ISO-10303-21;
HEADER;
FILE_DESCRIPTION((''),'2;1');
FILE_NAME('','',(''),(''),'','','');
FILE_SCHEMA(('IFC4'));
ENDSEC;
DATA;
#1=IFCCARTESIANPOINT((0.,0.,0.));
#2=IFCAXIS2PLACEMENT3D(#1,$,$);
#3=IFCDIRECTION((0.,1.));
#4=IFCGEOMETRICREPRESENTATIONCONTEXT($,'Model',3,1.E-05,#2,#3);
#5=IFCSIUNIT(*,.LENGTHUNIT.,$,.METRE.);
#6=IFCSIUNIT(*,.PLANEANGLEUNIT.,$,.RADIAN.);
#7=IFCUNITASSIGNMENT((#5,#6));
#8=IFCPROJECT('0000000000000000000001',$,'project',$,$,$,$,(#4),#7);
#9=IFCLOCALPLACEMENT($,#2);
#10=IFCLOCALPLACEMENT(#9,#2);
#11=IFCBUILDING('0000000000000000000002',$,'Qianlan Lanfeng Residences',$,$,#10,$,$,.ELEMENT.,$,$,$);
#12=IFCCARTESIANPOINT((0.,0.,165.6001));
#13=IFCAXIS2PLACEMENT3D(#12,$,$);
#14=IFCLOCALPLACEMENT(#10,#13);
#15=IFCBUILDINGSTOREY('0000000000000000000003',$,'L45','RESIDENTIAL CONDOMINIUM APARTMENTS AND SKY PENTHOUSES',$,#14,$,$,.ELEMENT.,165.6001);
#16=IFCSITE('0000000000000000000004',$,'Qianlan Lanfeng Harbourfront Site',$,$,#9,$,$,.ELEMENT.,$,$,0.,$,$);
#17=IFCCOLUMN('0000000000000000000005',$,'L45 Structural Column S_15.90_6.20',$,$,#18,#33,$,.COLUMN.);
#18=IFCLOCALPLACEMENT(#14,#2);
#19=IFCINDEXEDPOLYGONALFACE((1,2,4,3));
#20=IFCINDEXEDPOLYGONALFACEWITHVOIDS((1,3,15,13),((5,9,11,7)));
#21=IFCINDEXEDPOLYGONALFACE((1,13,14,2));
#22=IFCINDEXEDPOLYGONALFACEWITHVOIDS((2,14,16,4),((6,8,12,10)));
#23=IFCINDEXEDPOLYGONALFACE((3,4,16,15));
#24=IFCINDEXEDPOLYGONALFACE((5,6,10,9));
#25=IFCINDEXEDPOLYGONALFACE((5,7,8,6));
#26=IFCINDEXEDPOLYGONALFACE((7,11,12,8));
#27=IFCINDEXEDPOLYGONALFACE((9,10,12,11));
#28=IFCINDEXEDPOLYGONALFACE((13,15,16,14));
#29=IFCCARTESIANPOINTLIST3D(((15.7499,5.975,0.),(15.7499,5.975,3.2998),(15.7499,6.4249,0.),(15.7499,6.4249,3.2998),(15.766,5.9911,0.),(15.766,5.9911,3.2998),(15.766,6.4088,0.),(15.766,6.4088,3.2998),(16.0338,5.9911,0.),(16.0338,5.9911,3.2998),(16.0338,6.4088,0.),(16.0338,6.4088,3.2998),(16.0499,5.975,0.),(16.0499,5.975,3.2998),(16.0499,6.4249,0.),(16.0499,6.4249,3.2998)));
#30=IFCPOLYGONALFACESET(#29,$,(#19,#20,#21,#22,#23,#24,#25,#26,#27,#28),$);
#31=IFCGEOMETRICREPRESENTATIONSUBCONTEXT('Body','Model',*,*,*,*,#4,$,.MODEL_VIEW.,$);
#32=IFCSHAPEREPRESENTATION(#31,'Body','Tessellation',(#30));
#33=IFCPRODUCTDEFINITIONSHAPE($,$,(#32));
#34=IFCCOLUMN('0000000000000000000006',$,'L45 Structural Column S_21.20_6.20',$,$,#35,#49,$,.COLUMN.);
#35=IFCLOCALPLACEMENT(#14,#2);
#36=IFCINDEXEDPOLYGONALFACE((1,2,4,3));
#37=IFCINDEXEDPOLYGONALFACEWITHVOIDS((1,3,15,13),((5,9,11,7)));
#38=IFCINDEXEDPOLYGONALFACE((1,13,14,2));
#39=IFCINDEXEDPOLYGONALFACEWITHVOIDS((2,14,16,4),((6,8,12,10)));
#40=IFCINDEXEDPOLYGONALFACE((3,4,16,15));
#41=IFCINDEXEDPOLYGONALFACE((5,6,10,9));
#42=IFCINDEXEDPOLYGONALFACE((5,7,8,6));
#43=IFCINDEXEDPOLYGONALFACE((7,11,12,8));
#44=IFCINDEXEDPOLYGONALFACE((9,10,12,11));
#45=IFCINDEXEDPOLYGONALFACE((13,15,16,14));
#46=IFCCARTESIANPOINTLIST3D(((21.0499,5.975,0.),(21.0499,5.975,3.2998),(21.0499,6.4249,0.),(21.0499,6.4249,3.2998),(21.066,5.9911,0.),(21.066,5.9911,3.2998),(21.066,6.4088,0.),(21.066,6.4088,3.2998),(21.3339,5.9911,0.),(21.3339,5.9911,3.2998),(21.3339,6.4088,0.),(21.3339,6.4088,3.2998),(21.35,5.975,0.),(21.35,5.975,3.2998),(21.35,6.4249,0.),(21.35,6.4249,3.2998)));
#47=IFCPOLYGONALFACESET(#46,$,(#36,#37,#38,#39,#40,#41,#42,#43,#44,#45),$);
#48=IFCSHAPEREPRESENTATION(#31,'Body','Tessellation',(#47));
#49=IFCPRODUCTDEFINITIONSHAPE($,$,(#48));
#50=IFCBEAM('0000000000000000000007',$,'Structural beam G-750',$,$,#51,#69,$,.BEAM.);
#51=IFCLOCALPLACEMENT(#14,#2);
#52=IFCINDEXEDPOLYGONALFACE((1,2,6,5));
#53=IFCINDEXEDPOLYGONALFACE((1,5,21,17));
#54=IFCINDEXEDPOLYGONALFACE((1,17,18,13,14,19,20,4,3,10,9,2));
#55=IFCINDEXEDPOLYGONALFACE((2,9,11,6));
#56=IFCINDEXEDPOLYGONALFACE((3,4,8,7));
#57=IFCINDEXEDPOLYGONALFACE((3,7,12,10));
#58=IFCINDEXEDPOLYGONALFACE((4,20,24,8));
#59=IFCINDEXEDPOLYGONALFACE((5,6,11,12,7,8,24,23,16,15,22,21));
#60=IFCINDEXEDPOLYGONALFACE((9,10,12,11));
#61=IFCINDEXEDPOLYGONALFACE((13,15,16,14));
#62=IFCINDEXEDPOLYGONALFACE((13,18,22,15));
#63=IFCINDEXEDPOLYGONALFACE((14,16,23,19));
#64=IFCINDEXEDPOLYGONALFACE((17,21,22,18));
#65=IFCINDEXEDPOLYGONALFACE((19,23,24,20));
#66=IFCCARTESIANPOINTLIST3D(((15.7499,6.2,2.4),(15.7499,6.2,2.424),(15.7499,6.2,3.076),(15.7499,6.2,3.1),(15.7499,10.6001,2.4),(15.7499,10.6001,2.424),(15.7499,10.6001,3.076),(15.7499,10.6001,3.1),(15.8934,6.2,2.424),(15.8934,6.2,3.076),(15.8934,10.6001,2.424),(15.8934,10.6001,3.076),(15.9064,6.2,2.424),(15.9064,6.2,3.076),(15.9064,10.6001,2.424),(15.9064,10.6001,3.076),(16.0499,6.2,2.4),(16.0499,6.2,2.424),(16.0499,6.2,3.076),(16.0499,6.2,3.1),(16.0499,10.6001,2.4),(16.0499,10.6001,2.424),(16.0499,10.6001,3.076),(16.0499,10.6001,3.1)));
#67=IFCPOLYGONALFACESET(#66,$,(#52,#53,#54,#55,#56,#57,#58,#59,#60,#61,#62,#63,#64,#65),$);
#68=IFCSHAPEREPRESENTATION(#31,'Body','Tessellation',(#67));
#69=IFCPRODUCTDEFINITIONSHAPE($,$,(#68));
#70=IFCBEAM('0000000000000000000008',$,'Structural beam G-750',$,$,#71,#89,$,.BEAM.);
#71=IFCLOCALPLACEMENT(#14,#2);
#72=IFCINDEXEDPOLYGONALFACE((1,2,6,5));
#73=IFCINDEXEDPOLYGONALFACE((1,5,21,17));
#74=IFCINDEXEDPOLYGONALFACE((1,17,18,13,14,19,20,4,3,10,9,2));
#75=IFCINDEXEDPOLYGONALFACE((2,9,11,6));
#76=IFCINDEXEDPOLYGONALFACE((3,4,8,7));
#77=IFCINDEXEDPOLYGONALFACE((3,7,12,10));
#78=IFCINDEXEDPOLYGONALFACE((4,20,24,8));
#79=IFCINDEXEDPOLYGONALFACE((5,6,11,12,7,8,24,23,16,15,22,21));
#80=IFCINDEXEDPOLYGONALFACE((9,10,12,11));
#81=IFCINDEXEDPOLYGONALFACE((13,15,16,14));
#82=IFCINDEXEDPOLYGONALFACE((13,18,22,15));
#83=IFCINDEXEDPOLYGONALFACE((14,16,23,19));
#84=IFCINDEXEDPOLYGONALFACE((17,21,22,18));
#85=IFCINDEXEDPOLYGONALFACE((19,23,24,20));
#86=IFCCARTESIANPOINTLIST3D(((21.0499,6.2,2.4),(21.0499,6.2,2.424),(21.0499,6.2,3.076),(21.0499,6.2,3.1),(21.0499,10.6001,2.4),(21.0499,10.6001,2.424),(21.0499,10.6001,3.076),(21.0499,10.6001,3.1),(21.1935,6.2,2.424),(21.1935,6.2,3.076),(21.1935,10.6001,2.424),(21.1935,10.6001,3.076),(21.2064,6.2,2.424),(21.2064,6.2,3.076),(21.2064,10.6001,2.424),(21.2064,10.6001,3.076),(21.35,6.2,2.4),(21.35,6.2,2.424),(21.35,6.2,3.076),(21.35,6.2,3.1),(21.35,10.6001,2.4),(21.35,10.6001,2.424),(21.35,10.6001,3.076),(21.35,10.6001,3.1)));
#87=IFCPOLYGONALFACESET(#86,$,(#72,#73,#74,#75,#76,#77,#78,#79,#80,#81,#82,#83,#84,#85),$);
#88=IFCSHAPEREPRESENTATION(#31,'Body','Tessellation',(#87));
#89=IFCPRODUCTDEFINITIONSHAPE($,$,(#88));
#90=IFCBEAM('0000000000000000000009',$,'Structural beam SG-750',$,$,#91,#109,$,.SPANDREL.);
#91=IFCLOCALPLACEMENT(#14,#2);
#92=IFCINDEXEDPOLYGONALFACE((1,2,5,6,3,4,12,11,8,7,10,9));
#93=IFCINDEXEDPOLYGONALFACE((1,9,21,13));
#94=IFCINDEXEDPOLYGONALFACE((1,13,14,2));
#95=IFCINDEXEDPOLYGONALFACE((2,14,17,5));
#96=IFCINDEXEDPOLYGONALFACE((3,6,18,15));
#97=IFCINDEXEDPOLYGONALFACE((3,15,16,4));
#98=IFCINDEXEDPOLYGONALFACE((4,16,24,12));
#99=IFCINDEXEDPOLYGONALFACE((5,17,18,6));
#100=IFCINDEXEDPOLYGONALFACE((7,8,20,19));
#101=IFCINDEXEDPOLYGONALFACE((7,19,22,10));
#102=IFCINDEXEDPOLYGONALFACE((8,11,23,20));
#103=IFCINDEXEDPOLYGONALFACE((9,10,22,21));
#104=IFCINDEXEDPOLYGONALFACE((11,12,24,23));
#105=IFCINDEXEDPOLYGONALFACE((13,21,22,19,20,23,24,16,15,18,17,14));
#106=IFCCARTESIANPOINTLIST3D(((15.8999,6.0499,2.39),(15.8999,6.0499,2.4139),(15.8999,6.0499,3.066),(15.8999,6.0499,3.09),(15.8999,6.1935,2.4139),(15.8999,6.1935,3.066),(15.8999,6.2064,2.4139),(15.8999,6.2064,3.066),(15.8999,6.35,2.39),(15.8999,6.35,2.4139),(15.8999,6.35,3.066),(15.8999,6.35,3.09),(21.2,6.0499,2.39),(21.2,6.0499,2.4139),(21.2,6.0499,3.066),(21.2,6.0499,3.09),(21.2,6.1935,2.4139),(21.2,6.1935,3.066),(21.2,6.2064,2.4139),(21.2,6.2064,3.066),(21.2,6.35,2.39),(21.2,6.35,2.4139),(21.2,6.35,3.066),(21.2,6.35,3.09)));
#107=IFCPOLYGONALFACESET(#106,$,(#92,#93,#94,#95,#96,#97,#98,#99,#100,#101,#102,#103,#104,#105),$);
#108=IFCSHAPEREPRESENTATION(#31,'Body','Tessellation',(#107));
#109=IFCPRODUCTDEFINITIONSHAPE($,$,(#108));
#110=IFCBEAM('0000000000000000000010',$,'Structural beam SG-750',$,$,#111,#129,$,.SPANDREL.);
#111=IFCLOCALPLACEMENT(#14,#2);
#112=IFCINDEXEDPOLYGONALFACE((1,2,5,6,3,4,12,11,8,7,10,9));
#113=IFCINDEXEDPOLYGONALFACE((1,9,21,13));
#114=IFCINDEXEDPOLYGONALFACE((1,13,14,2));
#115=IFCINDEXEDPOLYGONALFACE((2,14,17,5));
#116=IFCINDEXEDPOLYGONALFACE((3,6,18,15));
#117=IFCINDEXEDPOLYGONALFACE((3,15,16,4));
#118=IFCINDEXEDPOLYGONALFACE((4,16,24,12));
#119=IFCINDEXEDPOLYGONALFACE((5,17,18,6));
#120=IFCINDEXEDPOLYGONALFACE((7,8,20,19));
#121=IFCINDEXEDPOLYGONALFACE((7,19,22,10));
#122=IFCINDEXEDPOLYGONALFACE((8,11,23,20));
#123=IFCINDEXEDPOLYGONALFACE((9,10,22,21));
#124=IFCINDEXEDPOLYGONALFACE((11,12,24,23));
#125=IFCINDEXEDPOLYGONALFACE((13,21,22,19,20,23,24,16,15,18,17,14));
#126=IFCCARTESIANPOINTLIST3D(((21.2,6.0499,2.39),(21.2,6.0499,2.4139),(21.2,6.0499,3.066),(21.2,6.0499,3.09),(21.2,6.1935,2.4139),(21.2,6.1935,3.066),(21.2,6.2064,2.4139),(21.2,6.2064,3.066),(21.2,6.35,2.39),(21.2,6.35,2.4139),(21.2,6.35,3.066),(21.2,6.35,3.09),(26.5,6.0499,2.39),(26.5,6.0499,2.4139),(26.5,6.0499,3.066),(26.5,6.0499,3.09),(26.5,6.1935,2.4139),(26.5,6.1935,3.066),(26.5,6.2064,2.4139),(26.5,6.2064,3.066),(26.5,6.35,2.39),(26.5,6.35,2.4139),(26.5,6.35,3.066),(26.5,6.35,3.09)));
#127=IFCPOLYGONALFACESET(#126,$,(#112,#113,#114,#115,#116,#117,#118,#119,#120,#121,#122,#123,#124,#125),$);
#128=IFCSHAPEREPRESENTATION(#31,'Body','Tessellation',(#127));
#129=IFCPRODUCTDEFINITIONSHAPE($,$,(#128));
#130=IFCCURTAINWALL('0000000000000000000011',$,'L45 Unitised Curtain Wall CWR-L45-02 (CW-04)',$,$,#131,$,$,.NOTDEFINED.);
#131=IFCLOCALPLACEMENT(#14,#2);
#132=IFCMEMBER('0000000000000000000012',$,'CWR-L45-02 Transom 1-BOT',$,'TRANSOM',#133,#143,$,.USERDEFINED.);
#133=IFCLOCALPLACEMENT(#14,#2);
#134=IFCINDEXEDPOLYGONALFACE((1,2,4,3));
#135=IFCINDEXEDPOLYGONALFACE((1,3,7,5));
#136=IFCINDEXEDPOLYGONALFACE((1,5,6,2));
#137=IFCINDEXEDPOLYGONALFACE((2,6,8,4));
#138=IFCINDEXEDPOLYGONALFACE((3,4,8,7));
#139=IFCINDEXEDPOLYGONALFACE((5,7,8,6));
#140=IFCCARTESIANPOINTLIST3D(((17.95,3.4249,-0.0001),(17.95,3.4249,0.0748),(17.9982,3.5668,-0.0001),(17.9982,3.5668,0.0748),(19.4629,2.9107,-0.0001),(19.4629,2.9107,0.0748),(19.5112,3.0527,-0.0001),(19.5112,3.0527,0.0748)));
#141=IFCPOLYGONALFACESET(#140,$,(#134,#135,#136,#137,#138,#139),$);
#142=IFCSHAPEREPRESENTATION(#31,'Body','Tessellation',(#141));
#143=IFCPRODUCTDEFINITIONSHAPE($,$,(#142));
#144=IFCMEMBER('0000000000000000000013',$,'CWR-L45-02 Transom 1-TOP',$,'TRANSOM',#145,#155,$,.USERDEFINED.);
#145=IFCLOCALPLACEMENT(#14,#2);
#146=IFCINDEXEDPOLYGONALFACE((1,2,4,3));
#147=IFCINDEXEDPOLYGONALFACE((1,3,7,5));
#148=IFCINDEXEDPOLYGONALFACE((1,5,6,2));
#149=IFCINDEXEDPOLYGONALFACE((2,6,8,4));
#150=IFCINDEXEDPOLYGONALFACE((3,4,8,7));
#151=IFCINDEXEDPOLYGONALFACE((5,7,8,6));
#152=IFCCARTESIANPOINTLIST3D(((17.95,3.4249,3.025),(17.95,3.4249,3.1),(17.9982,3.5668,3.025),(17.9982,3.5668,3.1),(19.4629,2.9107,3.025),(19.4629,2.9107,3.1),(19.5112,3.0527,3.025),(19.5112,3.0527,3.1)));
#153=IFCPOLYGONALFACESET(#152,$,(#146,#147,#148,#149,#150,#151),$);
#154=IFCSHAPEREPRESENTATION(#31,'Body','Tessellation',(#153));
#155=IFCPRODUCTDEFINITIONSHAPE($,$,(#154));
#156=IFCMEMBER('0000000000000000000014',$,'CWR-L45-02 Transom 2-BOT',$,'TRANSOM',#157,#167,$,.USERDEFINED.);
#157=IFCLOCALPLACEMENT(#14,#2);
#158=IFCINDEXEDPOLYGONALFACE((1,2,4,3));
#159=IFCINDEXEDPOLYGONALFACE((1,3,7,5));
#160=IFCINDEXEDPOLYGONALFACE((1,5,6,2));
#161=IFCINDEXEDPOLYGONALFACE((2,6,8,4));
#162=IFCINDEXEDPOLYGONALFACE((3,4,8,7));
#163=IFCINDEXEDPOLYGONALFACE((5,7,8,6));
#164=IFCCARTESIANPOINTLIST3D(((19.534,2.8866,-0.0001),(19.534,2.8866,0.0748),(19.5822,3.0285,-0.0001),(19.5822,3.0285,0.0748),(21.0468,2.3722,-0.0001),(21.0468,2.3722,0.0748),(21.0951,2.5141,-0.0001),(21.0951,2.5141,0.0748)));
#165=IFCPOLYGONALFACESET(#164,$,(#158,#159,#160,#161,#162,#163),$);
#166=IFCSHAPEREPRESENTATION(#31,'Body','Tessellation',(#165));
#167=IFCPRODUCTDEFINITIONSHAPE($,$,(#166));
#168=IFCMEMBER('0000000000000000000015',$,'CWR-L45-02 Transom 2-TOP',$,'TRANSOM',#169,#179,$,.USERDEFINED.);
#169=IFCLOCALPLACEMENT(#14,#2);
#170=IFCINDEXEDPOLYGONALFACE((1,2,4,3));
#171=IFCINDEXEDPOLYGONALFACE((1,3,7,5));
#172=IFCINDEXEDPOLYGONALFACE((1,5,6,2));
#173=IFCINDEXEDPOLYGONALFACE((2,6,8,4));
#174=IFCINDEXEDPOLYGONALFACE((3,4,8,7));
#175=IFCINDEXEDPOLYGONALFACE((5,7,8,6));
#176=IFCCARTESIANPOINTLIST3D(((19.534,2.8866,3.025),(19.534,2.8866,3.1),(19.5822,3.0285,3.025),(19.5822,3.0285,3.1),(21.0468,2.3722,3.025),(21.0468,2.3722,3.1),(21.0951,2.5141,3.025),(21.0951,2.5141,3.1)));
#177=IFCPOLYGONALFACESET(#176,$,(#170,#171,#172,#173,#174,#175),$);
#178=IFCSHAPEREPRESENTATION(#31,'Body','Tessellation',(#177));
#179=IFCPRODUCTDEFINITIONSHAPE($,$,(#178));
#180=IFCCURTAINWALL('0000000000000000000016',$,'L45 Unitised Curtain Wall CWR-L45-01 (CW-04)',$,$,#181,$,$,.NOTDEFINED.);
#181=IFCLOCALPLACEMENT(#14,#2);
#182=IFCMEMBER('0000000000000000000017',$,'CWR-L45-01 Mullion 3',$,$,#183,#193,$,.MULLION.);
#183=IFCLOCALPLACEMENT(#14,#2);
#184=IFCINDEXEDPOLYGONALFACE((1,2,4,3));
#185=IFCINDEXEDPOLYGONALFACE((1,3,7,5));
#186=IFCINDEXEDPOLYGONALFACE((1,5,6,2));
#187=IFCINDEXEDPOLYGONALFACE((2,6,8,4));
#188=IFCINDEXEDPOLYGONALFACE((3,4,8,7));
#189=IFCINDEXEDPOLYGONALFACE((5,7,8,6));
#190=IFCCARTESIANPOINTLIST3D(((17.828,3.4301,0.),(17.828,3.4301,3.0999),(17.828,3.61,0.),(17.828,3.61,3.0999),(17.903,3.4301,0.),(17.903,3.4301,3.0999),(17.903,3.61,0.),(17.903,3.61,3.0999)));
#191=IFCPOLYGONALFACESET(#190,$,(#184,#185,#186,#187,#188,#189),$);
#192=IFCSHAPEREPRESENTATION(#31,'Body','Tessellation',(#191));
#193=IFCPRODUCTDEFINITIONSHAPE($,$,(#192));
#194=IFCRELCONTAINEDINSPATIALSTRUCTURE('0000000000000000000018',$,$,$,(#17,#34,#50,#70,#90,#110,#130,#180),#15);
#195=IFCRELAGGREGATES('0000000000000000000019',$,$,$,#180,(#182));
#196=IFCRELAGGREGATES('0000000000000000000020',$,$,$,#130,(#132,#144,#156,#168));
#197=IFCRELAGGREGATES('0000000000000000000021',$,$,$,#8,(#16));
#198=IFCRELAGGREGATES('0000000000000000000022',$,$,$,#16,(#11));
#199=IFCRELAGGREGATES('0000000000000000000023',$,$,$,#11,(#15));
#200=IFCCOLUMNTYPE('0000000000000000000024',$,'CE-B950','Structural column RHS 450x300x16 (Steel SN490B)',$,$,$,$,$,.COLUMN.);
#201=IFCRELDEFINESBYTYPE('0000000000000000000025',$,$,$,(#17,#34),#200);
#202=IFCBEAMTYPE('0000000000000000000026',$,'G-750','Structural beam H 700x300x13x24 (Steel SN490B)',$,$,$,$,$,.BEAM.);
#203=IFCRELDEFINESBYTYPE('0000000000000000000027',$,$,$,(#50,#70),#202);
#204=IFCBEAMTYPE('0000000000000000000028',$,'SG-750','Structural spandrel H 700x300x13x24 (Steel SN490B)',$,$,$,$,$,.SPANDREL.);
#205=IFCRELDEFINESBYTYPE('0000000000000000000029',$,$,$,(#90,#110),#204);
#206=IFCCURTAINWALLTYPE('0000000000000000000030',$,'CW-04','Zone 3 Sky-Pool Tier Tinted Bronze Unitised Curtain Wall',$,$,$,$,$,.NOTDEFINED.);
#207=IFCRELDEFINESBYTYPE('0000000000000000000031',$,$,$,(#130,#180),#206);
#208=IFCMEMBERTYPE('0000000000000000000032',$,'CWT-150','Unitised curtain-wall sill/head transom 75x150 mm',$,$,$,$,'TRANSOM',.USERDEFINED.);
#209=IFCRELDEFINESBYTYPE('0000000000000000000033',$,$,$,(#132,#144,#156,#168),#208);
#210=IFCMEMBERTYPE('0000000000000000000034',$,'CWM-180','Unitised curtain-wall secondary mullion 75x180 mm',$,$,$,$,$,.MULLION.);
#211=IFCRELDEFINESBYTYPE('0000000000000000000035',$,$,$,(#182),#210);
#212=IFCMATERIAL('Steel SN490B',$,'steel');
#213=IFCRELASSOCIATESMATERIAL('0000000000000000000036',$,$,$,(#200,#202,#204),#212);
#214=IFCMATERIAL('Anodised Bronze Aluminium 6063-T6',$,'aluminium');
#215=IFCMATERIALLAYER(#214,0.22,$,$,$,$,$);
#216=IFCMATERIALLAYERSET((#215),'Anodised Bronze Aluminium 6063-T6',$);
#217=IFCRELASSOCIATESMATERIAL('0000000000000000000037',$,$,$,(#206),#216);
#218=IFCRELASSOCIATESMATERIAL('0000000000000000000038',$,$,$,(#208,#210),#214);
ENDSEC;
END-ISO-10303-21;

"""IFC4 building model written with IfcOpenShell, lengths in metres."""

from ifc_helpers import new_model, si_unit, direction, frame, origin, origin_2d, place, context, subcontext, project, spatial, rectangle, hollow_rectangle, i_section, extrude, source, transform, mapped, material, layer, layer_set, material_profile, profile_set, type_object, element, aggregate, save


model = new_model("IFC4")

# Units and contexts
model_context = context("Model", 3, precision=1e-05, world=origin(), true_north=direction((0.0, 1.0)))
body_context = subcontext(model_context, "Body", "Model", "MODEL_VIEW")
ifc_project = project(units=[si_unit("LENGTHUNIT", "METRE"), si_unit("PLANEANGLEUNIT", "RADIAN")], contexts=[model_context])

# Site, building, storey
site_placement = place(None, origin())
site = spatial("IfcSite", under=ifc_project, at=site_placement, Name="Qianlan Lanfeng Harbourfront Site", CompositionType="ELEMENT", RefElevation=0.0)
building_placement = place(site_placement, origin())
building = spatial("IfcBuilding", under=site, at=building_placement, Name="Qianlan Lanfeng Residences", CompositionType="ELEMENT")
storey_placement = place(building_placement, frame((0.0, 0.0, 165.6001)))
storey = spatial("IfcBuildingStorey", under=building, at=storey_placement, Name="L45", Description="RESIDENTIAL CONDOMINIUM APARTMENTS AND SKY PENTHOUSES", CompositionType="ELEMENT", Elevation=165.6001)

# Columns
ifc_material_1 = material(Name="Steel SN490B", Category="steel")
ifc_material_profile_1 = material_profile(ifc_material_1, hollow_rectangle(XDim=0.3, YDim=0.45, WallThickness=0.0161, at=origin_2d()), Name="RHS 450x300x16")
ifc_profile_set_1 = profile_set([ifc_material_profile_1], Name="Steel SN490B")
column_type = type_object("IfcColumnType", Name="CE-B950", Description="Structural column RHS 450x300x16 (Steel SN490B)", PredefinedType="COLUMN", material=ifc_profile_set_1)
for number, where, z_axis, x_axis, name in (
    (1, (15.8999, 6.2, 0.0), (0.0, 0.0, 1.0), (1.0, 0.0, 0.0), "L45 Structural Column S_15.90_6.20"),
    (2, (21.2, 6.2, 0.0), (0.0, 0.0, 1.0), (1.0, 0.0, 0.0), "L45 Structural Column S_21.20_6.20"),
):
    element("IfcColumn", number, at=place(storey_placement, frame(where, z_axis=z_axis, x_axis=x_axis)), inside=storey, type_object=column_type, Name=name, PredefinedType="COLUMN", context=body_context, shape_type="SweptSolid", body=[
        extrude(hollow_rectangle(XDim=0.3, YDim=0.45, WallThickness=0.0161, at=origin_2d()), origin(), (0.0, 0.0, 1.0), 3.2998),
    ])

# Beams
ifc_material_profile_2 = material_profile(ifc_material_1, i_section(OverallWidth=0.3, OverallDepth=0.7, WebThickness=0.0129, FlangeThickness=0.0239, at=origin_2d()), Name="H 700x300x13x24")
ifc_profile_set_2 = profile_set([ifc_material_profile_2], Name="Steel SN490B")
beam_type_1 = type_object("IfcBeamType", Name="G-750", Description="Structural beam H 700x300x13x24 (Steel SN490B)", PredefinedType="BEAM", material=ifc_profile_set_2)
for number, where, z_axis, x_axis, name in (
    (3, (15.8999, 6.2, 2.75), (0.0, 1.0, 0.0), (-1.0, 0.0, 0.0), "Structural beam G-750"),
    (4, (21.2, 6.2, 2.75), (0.0, 1.0, 0.0), (-1.0, 0.0, 0.0), "Structural beam G-750"),
):
    element("IfcBeam", number, at=place(storey_placement, frame(where, z_axis=z_axis, x_axis=x_axis)), inside=storey, type_object=beam_type_1, Name=name, PredefinedType="BEAM", context=body_context, shape_type="SweptSolid", body=[
        extrude(i_section(OverallWidth=0.3, OverallDepth=0.7, WebThickness=0.0129, FlangeThickness=0.0239, at=origin_2d()), origin(), (0.0, 0.0, 1.0), 4.4001),
    ])
ifc_material_profile_3 = material_profile(ifc_material_1, i_section(OverallWidth=0.3, OverallDepth=0.7, WebThickness=0.0129, FlangeThickness=0.0239, at=origin_2d()), Name="H 700x300x13x24")
ifc_profile_set_3 = profile_set([ifc_material_profile_3], Name="Steel SN490B")
beam_type_2 = type_object("IfcBeamType", Name="SG-750", Description="Structural spandrel H 700x300x13x24 (Steel SN490B)", PredefinedType="SPANDREL", material=ifc_profile_set_3)
for number, where, z_axis, x_axis, name in (
    (5, (15.8999, 6.2, 2.74), (1.0, 0.0, 0.0), (0.0, 1.0, 0.0), "Structural beam SG-750"),
    (6, (21.2, 6.2, 2.74), (1.0, 0.0, 0.0), (0.0, 1.0, 0.0), "Structural beam SG-750"),
):
    element("IfcBeam", number, at=place(storey_placement, frame(where, z_axis=z_axis, x_axis=x_axis)), inside=storey, type_object=beam_type_2, Name=name, PredefinedType="SPANDREL", context=body_context, shape_type="SweptSolid", body=[
        extrude(i_section(OverallWidth=0.3, OverallDepth=0.7, WebThickness=0.0129, FlangeThickness=0.0239, at=origin_2d()), origin(), (0.0, 0.0, 1.0), 5.3),
    ])

# Curtain wall, members
ifc_material_2 = material(Name="Anodised Bronze Aluminium 6063-T6", Category="aluminium")
ifc_layer_1 = layer(ifc_material_2, 0.22)
ifc_layer_set_1 = layer_set([ifc_layer_1], Name="Anodised Bronze Aluminium 6063-T6")
curtain_wall_type = type_object("IfcCurtainWallType", Name="CW-04", Description="Zone 3 Sky-Pool Tier Tinted Bronze Unitised Curtain Wall", PredefinedType="NOTDEFINED", material=ifc_layer_set_1)
curtain_wall_1_placement = place(storey_placement, origin())
curtain_wall_1 = element("IfcCurtainWall", 7, at=curtain_wall_1_placement, inside=storey, type_object=curtain_wall_type, Name="L45 Unitised Curtain Wall CWR-L45-02 (CW-04)", PredefinedType="NOTDEFINED")
ifc_material_profile_4 = material_profile(ifc_material_2, rectangle(XDim=0.075, YDim=0.1499, at=origin_2d()), Name="ALU TRANSOM 75x150")
ifc_profile_set_4 = profile_set([ifc_material_profile_4], Name="Anodised Bronze Aluminium 6063-T6")
member_type_1 = type_object("IfcMemberType", Name="CWT-150", Description="Unitised curtain-wall sill/head transom 75x150 mm", ElementType="TRANSOM", PredefinedType="USERDEFINED", material=ifc_profile_set_4)
shared_shape_1 = source(origin(), body_context, "Body", "SweptSolid", [
    extrude(rectangle(XDim=0.075, YDim=0.1499, at=origin_2d()), origin(), (0.0, 0.0, 1.0), 1.5979),
])
member_1_placement = place(storey_placement, frame((17.9741, 3.4958, 0.0374), z_axis=(0.946818, -0.321769, 0.0), x_axis=(0.0, 0.0, 1.0)))
member_1 = element("IfcMember", 8, at=member_1_placement, type_object=member_type_1, Name="CWR-L45-02 Transom 1-BOT", ObjectType="TRANSOM", PredefinedType="USERDEFINED", context=body_context, shape_type="MappedRepresentation", body=[
    mapped(shared_shape_1, transform((0.0, 0.0, 0.0), scale=1.0)),
])
member_2_placement = place(storey_placement, frame((17.9741, 3.4958, 3.0625), z_axis=(0.946818, -0.321769, 0.0), x_axis=(0.0, 0.0, 1.0)))
member_2 = element("IfcMember", 9, at=member_2_placement, type_object=member_type_1, Name="CWR-L45-02 Transom 1-TOP", ObjectType="TRANSOM", PredefinedType="USERDEFINED", context=body_context, shape_type="MappedRepresentation", body=[
    mapped(shared_shape_1, transform((0.0, 0.0, 0.0), scale=1.0)),
])
member_3_placement = place(storey_placement, frame((19.5581, 2.9575, 0.0374), z_axis=(0.946772, -0.321905, 0.0), x_axis=(0.0, 0.0, 1.0)))
member_3 = element("IfcMember", 10, at=member_3_placement, type_object=member_type_1, Name="CWR-L45-02 Transom 2-BOT", ObjectType="TRANSOM", PredefinedType="USERDEFINED", context=body_context, shape_type="MappedRepresentation", body=[
    mapped(shared_shape_1, transform((0.0, 0.0, 0.0), scale=1.0)),
])
member_4_placement = place(storey_placement, frame((19.5581, 2.9575, 3.0625), z_axis=(0.946772, -0.321905, 0.0), x_axis=(0.0, 0.0, 1.0)))
member_4 = element("IfcMember", 11, at=member_4_placement, type_object=member_type_1, Name="CWR-L45-02 Transom 2-TOP", ObjectType="TRANSOM", PredefinedType="USERDEFINED", context=body_context, shape_type="MappedRepresentation", body=[
    mapped(shared_shape_1, transform((0.0, 0.0, 0.0), scale=1.0)),
])

# Curtain wall, member
curtain_wall_2_placement = place(storey_placement, origin())
curtain_wall_2 = element("IfcCurtainWall", 12, at=curtain_wall_2_placement, inside=storey, type_object=curtain_wall_type, Name="L45 Unitised Curtain Wall CWR-L45-01 (CW-04)", PredefinedType="NOTDEFINED")
ifc_material_profile_5 = material_profile(ifc_material_2, rectangle(XDim=0.075, YDim=0.1799, at=origin_2d()), Name="ALU MULLION 75x180")
ifc_profile_set_5 = profile_set([ifc_material_profile_5], Name="Anodised Bronze Aluminium 6063-T6")
member_type_2 = type_object("IfcMemberType", Name="CWM-180", Description="Unitised curtain-wall secondary mullion 75x180 mm", PredefinedType="MULLION", material=ifc_profile_set_5)
shared_shape_2 = source(origin(), body_context, "Body", "SweptSolid", [
    extrude(rectangle(XDim=0.075, YDim=0.1799, at=origin_2d()), origin(), (0.0, 0.0, 1.0), 3.0999),
])
member_5_placement = place(storey_placement, frame((17.8655, 3.52, 0.0), z_axis=(0.0, 0.0, 1.0), x_axis=(1.0, 0.0, 0.0)))
member_5 = element("IfcMember", 13, at=member_5_placement, type_object=member_type_2, Name="CWR-L45-01 Mullion 3", PredefinedType="MULLION", context=body_context, shape_type="MappedRepresentation", body=[
    mapped(shared_shape_2, transform((0.0, 0.0, 0.0), scale=1.0)),
])

aggregate(curtain_wall_2, [member_5])
aggregate(curtain_wall_1, [member_1, member_2, member_3, member_4])

save(model, "model.ifc")
